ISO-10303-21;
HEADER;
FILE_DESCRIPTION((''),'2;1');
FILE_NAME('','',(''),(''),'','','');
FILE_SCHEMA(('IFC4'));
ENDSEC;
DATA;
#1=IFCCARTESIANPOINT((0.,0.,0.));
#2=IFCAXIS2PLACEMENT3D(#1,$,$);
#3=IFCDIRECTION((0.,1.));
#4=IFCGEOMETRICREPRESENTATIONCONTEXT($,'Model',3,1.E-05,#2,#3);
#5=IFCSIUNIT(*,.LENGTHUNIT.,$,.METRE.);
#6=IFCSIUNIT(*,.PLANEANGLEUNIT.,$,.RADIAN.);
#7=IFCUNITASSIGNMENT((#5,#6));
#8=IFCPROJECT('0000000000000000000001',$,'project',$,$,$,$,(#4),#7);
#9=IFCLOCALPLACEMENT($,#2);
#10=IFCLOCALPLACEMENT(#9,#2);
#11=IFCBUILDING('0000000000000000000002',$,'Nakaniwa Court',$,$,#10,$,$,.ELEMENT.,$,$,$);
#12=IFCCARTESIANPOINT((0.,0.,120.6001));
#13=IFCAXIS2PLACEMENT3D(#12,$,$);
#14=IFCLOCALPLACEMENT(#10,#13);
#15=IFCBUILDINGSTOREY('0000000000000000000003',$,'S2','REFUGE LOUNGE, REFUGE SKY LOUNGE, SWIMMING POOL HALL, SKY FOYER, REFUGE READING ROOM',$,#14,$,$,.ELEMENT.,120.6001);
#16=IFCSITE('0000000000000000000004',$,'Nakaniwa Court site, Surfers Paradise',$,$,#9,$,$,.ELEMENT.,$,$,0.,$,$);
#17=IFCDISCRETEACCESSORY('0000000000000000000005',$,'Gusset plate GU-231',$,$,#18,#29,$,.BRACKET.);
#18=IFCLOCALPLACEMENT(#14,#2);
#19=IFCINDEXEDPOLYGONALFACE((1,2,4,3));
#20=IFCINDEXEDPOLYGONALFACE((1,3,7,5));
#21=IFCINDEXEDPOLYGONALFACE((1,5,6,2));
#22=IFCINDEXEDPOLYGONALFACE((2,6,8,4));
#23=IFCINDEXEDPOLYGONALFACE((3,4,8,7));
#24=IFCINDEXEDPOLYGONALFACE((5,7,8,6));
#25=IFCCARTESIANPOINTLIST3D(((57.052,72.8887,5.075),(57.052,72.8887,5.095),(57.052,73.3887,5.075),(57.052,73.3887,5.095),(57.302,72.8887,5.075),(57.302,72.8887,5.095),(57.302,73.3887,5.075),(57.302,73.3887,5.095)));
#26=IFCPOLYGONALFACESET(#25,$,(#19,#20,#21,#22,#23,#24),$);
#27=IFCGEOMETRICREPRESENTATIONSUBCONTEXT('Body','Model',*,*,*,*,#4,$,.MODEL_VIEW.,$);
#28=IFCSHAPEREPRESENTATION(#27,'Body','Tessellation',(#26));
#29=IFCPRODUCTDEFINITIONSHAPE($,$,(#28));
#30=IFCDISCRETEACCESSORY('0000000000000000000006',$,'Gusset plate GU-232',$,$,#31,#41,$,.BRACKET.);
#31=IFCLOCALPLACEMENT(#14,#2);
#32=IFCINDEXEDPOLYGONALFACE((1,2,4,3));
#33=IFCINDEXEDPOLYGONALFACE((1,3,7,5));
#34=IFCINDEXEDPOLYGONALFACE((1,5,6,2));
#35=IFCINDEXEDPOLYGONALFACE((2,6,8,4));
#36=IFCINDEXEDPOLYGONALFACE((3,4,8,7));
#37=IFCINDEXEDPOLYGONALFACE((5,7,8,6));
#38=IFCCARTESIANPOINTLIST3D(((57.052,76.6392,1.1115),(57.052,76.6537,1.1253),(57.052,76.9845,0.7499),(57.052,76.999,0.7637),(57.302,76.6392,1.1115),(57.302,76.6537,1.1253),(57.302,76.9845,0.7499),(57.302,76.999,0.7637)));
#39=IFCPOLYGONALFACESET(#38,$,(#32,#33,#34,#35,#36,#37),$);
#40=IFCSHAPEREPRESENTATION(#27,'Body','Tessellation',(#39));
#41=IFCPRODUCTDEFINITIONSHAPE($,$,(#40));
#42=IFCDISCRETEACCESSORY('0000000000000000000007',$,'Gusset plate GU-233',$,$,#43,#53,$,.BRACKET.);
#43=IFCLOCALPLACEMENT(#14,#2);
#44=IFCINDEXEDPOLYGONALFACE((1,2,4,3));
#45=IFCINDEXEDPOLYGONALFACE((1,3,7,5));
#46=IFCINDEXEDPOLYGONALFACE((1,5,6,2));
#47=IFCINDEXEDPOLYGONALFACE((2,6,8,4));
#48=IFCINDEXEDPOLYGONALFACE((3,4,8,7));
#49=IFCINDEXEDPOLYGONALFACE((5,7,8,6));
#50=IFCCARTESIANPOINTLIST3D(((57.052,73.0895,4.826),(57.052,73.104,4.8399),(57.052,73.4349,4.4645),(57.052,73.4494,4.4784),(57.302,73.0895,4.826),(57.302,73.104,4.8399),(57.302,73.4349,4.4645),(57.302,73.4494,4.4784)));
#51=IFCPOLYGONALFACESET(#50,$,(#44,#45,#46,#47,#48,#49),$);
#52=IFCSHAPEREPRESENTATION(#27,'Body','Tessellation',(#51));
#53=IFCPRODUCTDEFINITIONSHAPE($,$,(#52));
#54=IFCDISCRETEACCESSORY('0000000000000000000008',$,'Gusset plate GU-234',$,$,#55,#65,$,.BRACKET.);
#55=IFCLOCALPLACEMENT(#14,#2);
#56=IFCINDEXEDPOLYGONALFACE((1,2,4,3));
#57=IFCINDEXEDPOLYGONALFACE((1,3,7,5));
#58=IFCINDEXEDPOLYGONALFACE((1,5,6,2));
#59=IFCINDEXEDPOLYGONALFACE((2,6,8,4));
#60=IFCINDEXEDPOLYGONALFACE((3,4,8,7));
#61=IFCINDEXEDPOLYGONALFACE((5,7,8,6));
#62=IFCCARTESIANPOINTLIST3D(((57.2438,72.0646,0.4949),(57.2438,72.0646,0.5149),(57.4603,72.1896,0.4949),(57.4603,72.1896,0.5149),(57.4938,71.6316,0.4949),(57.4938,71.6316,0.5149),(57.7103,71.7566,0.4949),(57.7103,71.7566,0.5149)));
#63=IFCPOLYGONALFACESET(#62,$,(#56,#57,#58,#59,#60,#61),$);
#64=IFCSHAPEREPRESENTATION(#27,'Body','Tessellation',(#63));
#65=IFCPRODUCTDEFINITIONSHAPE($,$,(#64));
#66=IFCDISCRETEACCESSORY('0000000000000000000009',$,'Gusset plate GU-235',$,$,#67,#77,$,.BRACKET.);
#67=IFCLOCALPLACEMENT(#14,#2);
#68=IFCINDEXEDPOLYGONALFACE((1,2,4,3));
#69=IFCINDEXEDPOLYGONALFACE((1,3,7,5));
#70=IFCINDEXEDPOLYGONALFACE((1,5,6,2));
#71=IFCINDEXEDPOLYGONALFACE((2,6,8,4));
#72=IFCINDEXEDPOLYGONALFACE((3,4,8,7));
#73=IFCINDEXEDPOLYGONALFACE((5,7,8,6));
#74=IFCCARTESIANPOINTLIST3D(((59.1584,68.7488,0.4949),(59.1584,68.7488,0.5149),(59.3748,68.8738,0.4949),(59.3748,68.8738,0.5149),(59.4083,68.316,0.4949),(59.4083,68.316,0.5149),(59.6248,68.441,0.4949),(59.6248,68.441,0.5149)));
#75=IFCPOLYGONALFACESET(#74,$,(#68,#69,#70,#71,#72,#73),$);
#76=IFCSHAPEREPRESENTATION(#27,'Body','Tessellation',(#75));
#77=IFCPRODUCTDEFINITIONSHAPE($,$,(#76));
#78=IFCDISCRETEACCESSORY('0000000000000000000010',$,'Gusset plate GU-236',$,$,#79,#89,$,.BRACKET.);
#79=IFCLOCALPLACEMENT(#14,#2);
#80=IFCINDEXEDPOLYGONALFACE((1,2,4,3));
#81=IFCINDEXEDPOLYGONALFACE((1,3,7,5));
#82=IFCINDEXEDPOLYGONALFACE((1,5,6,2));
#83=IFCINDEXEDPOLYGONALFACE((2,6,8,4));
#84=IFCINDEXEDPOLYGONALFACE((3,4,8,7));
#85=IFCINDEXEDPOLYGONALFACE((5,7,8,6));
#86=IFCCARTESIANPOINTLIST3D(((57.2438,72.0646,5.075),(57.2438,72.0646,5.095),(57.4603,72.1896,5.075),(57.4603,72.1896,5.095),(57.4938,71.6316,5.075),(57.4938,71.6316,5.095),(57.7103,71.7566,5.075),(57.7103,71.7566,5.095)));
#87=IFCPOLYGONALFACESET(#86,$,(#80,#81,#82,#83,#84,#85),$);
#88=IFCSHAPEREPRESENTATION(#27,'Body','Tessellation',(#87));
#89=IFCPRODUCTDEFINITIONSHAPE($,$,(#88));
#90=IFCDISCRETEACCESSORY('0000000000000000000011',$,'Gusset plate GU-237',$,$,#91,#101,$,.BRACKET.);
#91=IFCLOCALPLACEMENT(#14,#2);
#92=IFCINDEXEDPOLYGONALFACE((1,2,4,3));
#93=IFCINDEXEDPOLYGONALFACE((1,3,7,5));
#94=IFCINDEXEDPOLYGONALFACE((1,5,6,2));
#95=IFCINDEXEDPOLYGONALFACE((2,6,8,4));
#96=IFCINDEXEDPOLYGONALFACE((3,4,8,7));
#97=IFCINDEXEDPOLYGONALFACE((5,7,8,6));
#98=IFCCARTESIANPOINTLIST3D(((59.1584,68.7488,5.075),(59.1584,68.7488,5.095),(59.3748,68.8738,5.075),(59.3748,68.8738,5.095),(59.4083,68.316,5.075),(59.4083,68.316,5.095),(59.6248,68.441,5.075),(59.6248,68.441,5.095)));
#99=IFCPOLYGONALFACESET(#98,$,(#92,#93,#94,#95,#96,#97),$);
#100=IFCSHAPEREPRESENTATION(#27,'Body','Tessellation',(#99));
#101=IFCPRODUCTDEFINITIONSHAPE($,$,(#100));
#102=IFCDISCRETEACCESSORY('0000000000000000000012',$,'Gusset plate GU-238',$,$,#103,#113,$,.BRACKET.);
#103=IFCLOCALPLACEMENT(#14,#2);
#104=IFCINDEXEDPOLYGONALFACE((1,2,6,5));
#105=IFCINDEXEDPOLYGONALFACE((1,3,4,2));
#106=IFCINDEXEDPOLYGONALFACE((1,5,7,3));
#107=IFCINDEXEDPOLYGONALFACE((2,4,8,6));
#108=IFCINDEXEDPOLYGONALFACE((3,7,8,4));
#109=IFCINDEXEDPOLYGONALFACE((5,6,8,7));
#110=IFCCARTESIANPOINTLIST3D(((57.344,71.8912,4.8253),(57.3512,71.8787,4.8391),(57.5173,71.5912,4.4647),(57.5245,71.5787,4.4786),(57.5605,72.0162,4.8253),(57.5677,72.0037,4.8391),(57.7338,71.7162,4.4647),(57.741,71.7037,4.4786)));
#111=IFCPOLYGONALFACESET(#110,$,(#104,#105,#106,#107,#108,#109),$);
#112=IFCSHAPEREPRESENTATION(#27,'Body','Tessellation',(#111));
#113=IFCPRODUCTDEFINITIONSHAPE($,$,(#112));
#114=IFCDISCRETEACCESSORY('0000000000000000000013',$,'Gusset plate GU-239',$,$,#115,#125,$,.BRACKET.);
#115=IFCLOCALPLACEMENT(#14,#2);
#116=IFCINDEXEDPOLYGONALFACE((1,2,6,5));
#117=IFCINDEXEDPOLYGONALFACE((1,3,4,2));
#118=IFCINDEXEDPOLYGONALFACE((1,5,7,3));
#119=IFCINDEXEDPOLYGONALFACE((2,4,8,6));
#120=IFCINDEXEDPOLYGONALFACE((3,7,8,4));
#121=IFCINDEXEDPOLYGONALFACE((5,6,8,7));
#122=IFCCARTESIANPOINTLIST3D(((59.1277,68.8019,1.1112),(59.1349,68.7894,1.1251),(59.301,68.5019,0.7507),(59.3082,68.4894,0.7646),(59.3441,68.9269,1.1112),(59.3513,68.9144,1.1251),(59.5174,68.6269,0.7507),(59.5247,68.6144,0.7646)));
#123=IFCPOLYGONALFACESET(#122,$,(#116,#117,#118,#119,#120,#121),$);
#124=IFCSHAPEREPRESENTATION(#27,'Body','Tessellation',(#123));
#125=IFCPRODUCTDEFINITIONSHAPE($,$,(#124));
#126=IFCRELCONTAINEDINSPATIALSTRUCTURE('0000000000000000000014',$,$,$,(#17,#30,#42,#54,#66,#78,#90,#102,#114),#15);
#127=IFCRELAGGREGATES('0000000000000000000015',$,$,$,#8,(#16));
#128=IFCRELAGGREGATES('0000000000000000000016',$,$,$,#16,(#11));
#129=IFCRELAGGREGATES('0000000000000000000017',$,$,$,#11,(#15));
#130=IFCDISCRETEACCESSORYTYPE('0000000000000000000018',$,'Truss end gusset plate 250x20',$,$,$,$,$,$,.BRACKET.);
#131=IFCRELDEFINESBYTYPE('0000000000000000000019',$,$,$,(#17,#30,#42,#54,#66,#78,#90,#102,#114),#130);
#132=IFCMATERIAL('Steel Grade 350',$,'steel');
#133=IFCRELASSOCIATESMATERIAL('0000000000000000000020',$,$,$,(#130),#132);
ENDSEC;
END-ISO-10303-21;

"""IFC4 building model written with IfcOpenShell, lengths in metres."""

from ifc_helpers import new_model, si_unit, direction, frame, origin, origin_2d, place, context, subcontext, project, spatial, rectangle, extrude, material, material_profile, profile_set, type_object, element, save


model = new_model("IFC4")

# Units and contexts
model_context = context("Model", 3, precision=1e-05, world=origin(), true_north=direction((0.0, 1.0)))
body_context = subcontext(model_context, "Body", "Model", "MODEL_VIEW")
ifc_project = project(units=[si_unit("LENGTHUNIT", "METRE"), si_unit("PLANEANGLEUNIT", "RADIAN")], contexts=[model_context])

# Site, building, storey
site_placement = place(None, origin())
site = spatial("IfcSite", under=ifc_project, at=site_placement, Name="Nakaniwa Court site, Surfers Paradise", CompositionType="ELEMENT", RefElevation=0.0)
building_placement = place(site_placement, origin())
building = spatial("IfcBuilding", under=site, at=building_placement, Name="Nakaniwa Court", CompositionType="ELEMENT")
storey_placement = place(building_placement, frame((0.0, 0.0, 120.6001)))
storey = spatial("IfcBuildingStorey", under=building, at=storey_placement, Name="S2", Description="REFUGE LOUNGE, REFUGE SKY LOUNGE, SWIMMING POOL HALL, SKY FOYER, REFUGE READING ROOM", CompositionType="ELEMENT", Elevation=120.6001)

# Shared definitions
ifc_material_1 = material(Name="Steel Grade 350", Category="steel")

# Discrete accessories
ifc_material_profile_1 = material_profile(ifc_material_1, rectangle(XDim=0.25, YDim=0.02, at=origin_2d()), Name="Truss end gusset plate 250x20")
ifc_profile_set_1 = profile_set([ifc_material_profile_1], Name="Steel Grade 350")
discrete_accessory_type = type_object("IfcDiscreteAccessoryType", Name="Truss end gusset plate 250x20", PredefinedType="BRACKET", material=ifc_profile_set_1)
for number, where, z_axis, x_axis, name in (
    (1, (57.177, 73.3887, 5.085), (0.0, -1.0, 0.0), (1.0, 0.0, 0.0), "Gusset plate GU-231"),
    (2, (57.177, 76.6465, 1.1184), (0.0, 0.690557, -0.723278), (-1.0, 0.0, 0.0), "Gusset plate GU-232"),
    (3, (57.177, 73.4421, 4.4714), (0.0, -0.690812, 0.723034), (1.0, 0.0, 0.0), "Gusset plate GU-233"),
    (4, (57.6021, 71.6941, 0.5049), (-0.49992, 0.866072, 0.0), (-0.866072, -0.49992, 0.0), "Gusset plate GU-234"),
):
    element("IfcDiscreteAccessory", number, at=place(storey_placement, frame(where, z_axis=z_axis, x_axis=x_axis)), inside=storey, type_object=discrete_accessory_type, Name=name, PredefinedType="BRACKET", context=body_context, shape_type="SweptSolid", body=[
        extrude(rectangle(XDim=0.25, YDim=0.02, at=origin_2d()), origin(), (0.0, 0.0, 1.0), 0.5),
    ])
discrete_accessory_1_placement = place(storey_placement, frame((59.2666, 68.8113, 0.5049), z_axis=(0.500131, -0.86595, 0.0), x_axis=(0.86595, 0.500131, 0.0)))
element("IfcDiscreteAccessory", 5, at=discrete_accessory_1_placement, inside=storey, type_object=discrete_accessory_type, Name="Gusset plate GU-235", PredefinedType="BRACKET", context=body_context, shape_type="SweptSolid", body=[
    extrude(rectangle(XDim=0.25, YDim=0.02, at=origin_2d()), origin(), (0.0, 0.0, 1.0), 0.4998),
])
discrete_accessory_2_placement = place(storey_placement, frame((57.6021, 71.6941, 5.085), z_axis=(-0.49992, 0.866072, 0.0), x_axis=(-0.866072, -0.49992, 0.0)))
element("IfcDiscreteAccessory", 6, at=discrete_accessory_2_placement, inside=storey, type_object=discrete_accessory_type, Name="Gusset plate GU-236", PredefinedType="BRACKET", context=body_context, shape_type="SweptSolid", body=[
    extrude(rectangle(XDim=0.25, YDim=0.02, at=origin_2d()), origin(), (0.0, 0.0, 1.0), 0.5),
])
discrete_accessory_3_placement = place(storey_placement, frame((59.2666, 68.8113, 5.085), z_axis=(0.500131, -0.86595, 0.0), x_axis=(0.86595, 0.500131, 0.0)))
element("IfcDiscreteAccessory", 7, at=discrete_accessory_3_placement, inside=storey, type_object=discrete_accessory_type, Name="Gusset plate GU-237", PredefinedType="BRACKET", context=body_context, shape_type="SweptSolid", body=[
    extrude(rectangle(XDim=0.25, YDim=0.02, at=origin_2d()), origin(), (0.0, 0.0, 1.0), 0.4998),
])
for number, where, z_axis, x_axis, name in (
    (8, (57.6292, 71.6475, 4.4717), (-0.346607, 0.599971, 0.72104), (-0.865892, -0.500231, 0.0), "Gusset plate GU-238"),
    (9, (59.2395, 68.8582, 1.1182), (0.346607, -0.599971, -0.72104), (0.865892, 0.500231, 0.0), "Gusset plate GU-239"),
):
    element("IfcDiscreteAccessory", number, at=place(storey_placement, frame(where, z_axis=z_axis, x_axis=x_axis)), inside=storey, type_object=discrete_accessory_type, Name=name, PredefinedType="BRACKET", context=body_context, shape_type="SweptSolid", body=[
        extrude(rectangle(XDim=0.25, YDim=0.02, at=origin_2d()), origin(), (0.0, 0.0, 1.0), 0.5),
    ])

save(model, "model.ifc")
